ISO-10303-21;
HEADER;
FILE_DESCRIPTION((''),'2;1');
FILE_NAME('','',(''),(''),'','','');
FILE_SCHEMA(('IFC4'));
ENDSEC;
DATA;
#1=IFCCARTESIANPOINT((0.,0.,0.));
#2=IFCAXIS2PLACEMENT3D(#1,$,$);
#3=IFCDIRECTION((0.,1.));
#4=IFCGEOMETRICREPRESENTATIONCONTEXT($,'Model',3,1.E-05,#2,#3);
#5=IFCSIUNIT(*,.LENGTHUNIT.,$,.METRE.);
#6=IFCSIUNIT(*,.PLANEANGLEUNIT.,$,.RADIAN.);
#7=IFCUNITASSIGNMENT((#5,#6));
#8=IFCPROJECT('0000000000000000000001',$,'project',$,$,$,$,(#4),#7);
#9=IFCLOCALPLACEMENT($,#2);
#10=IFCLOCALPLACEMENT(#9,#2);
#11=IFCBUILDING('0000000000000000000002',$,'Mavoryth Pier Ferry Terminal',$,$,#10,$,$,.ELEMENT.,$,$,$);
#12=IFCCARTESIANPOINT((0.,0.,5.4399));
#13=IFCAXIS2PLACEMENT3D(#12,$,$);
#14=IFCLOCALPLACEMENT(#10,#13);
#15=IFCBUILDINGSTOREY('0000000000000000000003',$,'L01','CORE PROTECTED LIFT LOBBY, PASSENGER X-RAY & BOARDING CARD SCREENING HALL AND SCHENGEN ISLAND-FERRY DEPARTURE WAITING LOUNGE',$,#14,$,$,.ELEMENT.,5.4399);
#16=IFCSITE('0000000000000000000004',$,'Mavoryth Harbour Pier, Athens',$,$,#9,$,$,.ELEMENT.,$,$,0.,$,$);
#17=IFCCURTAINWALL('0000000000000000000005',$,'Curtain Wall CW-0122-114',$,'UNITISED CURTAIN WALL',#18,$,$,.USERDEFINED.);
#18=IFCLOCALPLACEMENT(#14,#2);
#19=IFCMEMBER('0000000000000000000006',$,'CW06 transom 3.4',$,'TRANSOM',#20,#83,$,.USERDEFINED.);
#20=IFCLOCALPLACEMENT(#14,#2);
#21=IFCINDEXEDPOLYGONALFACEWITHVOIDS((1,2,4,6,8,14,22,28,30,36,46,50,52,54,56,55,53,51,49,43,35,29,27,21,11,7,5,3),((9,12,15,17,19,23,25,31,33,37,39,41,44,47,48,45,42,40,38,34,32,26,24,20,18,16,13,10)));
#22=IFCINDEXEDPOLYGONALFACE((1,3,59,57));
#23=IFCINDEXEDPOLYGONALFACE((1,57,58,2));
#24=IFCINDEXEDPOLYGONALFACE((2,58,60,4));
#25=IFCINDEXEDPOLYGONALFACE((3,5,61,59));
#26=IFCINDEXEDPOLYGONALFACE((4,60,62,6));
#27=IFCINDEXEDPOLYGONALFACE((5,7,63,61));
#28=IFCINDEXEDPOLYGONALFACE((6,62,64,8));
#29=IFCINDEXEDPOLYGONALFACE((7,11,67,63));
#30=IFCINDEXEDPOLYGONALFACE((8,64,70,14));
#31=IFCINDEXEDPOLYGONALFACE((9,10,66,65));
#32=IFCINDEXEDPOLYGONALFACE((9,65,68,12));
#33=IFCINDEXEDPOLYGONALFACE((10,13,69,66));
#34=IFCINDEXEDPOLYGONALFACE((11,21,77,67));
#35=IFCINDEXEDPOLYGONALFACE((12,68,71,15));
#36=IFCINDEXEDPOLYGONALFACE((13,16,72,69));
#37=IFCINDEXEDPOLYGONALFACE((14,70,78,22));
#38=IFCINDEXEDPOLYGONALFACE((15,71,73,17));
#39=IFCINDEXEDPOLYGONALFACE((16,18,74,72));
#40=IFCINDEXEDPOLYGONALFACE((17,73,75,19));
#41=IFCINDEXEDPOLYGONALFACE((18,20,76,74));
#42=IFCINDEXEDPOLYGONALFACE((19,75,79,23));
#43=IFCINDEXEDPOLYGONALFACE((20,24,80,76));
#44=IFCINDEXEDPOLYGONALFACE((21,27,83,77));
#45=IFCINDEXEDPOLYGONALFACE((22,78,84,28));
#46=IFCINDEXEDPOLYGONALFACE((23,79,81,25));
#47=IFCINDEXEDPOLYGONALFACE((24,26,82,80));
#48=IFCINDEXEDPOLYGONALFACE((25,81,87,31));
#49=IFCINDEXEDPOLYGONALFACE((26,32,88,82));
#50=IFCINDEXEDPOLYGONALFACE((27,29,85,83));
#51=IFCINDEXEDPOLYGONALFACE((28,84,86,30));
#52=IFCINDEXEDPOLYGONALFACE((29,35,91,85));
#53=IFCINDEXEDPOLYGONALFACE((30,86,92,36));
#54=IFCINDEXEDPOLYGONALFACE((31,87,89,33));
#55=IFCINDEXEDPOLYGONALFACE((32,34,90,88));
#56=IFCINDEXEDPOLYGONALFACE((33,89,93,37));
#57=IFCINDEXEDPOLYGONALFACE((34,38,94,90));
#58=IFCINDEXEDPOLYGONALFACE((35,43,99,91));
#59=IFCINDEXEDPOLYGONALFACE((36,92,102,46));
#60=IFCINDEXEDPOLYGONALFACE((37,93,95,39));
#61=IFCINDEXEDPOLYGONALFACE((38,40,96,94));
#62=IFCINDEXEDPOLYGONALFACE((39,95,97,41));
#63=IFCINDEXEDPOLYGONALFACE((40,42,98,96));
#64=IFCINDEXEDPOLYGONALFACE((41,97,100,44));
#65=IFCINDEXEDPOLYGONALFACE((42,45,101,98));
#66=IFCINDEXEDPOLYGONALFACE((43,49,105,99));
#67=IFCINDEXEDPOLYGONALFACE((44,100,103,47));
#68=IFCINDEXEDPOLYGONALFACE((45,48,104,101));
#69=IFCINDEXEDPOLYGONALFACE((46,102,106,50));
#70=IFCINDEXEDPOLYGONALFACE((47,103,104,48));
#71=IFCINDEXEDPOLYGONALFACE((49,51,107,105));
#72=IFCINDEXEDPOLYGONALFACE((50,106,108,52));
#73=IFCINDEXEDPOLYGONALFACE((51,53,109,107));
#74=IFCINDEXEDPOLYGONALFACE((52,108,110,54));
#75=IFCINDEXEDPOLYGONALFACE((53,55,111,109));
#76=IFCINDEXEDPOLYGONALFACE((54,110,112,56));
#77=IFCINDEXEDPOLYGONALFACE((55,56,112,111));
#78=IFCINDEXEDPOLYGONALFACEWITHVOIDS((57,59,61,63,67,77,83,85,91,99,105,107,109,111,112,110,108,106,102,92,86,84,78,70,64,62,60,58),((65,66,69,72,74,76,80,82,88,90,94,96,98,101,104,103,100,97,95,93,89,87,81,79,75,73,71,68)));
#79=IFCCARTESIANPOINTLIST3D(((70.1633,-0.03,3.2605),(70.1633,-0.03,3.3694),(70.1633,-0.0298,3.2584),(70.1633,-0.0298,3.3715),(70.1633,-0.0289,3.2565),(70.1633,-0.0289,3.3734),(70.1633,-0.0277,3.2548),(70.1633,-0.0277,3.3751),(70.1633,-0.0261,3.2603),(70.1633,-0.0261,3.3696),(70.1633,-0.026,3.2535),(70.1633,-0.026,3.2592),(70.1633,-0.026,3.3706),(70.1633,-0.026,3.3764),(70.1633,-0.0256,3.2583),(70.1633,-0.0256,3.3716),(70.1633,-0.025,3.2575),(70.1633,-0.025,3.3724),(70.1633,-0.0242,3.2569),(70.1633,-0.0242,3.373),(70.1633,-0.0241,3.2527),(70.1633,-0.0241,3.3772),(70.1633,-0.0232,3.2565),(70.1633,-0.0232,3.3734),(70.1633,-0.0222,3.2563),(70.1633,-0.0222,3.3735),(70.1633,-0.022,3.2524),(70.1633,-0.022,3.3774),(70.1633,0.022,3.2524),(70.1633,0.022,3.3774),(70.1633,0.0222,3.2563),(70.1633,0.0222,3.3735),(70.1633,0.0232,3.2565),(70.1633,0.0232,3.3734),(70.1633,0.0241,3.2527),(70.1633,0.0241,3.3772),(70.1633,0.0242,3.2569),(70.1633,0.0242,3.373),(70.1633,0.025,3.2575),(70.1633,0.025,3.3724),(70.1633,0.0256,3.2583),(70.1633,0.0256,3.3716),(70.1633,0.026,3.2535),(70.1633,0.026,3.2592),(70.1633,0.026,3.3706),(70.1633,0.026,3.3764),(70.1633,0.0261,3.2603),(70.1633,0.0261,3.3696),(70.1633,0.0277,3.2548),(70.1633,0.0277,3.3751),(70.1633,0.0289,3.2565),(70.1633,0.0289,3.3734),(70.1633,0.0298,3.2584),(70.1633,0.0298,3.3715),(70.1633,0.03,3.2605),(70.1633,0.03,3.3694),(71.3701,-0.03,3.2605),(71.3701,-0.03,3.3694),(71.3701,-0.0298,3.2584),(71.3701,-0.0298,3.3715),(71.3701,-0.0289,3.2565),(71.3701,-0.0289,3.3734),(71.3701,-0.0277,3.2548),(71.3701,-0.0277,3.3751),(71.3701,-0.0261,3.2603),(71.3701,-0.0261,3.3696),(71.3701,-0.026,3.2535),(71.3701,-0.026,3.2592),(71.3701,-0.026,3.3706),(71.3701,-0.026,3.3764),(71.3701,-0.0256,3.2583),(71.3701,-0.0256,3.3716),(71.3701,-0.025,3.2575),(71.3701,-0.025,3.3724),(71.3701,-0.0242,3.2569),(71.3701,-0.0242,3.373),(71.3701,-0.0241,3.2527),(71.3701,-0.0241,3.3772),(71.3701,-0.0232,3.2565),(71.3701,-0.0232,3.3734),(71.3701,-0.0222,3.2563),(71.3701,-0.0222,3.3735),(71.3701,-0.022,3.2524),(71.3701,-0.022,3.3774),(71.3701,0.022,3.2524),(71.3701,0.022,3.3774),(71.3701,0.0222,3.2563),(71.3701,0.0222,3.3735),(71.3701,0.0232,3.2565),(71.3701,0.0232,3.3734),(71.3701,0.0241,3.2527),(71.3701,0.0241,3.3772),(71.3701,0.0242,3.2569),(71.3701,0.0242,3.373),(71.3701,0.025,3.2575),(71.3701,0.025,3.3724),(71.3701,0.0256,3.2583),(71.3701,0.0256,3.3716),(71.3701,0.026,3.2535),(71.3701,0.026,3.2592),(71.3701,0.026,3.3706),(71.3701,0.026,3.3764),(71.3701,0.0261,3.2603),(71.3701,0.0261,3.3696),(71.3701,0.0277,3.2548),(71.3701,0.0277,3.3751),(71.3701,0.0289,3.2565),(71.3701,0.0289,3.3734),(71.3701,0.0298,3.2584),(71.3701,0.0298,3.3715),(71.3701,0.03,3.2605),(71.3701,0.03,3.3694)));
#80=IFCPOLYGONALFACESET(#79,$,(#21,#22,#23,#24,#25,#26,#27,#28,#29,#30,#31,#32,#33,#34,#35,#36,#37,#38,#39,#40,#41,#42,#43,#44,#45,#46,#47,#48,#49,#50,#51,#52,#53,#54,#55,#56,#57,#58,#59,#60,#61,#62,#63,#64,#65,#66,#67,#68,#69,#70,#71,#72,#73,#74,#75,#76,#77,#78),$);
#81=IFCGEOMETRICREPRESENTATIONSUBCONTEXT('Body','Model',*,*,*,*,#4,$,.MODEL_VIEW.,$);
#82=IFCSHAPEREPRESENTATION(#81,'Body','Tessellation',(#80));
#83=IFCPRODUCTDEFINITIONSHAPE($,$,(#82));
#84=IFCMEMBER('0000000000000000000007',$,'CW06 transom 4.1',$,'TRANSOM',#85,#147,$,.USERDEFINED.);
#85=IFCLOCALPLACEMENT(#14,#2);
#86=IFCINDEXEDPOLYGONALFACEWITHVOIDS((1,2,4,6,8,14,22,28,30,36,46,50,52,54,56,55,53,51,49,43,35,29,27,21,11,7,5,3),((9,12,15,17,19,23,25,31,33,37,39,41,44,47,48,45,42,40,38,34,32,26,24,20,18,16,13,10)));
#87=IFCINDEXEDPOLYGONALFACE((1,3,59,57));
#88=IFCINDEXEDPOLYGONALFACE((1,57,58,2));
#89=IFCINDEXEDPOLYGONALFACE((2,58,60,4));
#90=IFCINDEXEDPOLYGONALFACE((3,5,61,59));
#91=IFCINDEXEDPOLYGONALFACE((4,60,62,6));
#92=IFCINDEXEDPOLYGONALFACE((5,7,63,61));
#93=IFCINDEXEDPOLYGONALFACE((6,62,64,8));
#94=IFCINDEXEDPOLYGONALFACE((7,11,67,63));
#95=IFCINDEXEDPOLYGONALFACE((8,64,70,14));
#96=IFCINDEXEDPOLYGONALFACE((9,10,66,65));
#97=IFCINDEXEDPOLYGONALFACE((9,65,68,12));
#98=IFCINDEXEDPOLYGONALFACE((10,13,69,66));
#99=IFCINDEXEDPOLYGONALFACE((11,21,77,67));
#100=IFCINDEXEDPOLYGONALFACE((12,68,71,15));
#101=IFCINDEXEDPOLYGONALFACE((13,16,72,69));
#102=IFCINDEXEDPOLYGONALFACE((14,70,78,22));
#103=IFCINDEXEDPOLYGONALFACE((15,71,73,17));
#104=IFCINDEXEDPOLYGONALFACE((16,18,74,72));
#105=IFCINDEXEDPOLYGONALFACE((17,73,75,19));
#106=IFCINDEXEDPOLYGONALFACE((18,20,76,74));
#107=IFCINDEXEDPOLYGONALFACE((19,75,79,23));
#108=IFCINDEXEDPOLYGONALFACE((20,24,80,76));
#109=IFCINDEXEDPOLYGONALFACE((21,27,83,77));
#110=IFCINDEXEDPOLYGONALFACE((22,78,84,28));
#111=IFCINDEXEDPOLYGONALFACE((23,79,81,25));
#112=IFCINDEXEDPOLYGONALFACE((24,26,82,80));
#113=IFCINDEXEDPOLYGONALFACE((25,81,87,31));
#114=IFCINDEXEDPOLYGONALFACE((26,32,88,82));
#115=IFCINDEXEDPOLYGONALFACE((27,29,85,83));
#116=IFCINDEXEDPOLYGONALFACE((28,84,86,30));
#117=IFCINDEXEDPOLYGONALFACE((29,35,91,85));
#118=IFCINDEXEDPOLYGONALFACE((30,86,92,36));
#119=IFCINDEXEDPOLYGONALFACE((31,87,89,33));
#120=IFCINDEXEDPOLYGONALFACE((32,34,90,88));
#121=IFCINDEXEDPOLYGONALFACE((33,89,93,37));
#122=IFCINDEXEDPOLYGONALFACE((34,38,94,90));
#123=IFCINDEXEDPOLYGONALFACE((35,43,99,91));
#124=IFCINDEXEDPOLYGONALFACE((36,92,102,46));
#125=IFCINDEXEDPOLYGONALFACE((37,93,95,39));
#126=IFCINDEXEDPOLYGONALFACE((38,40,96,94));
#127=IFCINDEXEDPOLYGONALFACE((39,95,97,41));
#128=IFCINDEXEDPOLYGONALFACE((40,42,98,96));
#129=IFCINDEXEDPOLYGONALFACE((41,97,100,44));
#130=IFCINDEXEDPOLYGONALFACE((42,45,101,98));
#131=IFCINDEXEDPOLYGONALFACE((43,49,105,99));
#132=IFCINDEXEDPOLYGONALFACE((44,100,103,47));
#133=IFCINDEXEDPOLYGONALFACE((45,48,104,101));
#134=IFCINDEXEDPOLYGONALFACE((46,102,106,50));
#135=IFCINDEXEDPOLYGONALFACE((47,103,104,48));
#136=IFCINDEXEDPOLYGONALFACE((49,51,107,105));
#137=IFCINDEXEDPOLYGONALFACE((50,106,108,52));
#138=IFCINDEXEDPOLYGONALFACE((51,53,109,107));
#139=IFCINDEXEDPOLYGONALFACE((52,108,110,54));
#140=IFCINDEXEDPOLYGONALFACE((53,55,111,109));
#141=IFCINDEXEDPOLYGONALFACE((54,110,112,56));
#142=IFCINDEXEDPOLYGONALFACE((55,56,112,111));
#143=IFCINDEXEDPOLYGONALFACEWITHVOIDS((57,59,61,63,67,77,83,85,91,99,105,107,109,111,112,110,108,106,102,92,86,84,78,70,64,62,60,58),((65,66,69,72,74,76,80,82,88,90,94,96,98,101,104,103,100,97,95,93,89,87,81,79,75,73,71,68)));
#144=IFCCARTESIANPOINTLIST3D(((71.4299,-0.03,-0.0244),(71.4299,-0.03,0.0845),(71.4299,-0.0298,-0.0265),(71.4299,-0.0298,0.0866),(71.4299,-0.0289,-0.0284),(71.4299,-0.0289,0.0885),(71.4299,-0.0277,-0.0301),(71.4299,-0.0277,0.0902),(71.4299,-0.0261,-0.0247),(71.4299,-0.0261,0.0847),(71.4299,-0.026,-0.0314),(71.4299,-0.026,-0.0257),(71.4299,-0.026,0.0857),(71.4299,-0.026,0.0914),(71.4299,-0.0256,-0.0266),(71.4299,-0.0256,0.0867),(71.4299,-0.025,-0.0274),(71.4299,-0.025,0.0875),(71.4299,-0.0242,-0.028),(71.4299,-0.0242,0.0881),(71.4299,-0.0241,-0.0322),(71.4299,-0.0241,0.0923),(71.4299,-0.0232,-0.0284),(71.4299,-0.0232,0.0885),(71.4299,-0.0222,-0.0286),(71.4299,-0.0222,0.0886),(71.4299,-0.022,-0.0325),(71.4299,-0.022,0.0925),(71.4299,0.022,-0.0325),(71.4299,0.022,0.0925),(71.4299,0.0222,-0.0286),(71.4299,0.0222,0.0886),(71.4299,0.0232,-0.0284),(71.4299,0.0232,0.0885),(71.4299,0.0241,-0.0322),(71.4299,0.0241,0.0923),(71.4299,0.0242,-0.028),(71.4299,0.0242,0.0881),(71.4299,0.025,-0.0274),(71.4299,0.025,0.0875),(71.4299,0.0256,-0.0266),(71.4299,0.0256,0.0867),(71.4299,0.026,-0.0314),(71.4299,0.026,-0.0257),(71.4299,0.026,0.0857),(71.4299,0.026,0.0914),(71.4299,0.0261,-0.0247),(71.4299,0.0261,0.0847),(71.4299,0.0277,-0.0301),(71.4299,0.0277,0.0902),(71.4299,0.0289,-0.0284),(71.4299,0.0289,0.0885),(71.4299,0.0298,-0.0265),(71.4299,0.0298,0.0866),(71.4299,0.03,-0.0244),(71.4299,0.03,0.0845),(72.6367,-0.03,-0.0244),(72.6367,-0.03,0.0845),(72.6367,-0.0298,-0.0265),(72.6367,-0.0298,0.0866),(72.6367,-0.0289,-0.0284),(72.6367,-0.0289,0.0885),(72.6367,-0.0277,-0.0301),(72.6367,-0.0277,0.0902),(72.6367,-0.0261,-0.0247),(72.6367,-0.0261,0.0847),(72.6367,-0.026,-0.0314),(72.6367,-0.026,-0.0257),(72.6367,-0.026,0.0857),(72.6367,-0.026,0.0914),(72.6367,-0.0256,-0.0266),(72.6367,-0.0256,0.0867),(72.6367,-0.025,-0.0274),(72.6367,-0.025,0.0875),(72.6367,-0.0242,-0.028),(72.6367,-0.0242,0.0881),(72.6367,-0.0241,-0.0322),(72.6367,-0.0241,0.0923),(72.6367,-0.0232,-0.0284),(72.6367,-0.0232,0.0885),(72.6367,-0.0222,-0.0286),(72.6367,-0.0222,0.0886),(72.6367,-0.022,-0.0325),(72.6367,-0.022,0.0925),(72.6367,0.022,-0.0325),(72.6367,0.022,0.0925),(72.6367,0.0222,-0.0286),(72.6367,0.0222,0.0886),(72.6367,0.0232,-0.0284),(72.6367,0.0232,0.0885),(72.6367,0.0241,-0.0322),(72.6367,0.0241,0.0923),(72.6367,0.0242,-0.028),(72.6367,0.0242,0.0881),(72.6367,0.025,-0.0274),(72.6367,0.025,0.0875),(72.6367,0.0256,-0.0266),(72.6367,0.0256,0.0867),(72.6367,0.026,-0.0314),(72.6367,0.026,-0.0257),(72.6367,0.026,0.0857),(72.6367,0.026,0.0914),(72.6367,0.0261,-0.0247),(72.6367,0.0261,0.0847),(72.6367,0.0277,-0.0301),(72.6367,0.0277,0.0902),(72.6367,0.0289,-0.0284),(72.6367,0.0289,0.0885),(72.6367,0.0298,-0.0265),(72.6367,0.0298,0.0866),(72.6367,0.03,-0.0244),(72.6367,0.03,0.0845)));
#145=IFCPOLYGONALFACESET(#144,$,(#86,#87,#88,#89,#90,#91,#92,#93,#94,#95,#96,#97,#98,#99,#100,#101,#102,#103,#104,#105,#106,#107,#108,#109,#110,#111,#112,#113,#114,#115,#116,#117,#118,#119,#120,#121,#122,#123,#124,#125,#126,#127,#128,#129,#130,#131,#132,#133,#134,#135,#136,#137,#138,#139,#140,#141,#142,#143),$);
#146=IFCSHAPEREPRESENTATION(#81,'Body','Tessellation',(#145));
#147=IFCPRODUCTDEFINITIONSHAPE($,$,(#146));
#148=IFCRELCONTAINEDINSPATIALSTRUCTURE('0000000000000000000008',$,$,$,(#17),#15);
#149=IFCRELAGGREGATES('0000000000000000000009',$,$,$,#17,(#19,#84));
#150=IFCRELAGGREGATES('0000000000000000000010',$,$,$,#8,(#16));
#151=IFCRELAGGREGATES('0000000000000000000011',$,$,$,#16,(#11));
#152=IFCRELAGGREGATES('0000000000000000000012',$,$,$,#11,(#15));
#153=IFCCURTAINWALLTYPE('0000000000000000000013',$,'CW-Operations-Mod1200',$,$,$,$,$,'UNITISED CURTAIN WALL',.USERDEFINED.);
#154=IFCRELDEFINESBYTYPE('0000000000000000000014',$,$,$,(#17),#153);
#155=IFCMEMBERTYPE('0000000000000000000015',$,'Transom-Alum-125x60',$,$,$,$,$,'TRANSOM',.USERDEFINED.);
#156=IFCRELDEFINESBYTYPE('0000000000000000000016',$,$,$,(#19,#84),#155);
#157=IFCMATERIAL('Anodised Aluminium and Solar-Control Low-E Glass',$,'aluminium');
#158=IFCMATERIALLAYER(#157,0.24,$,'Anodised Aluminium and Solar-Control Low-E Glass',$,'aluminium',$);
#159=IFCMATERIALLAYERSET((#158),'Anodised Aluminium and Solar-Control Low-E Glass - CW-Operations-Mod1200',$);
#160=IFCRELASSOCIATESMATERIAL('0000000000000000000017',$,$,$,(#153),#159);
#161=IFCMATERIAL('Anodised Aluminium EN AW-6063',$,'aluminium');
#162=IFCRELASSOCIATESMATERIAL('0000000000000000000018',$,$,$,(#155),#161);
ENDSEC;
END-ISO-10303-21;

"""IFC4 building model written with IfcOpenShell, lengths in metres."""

from ifc_helpers import new_model, si_unit, direction, frame, origin, origin_2d, place, context, subcontext, project, spatial, hollow_rectangle, extrude, material, layer, layer_set, material_profile, profile_set, type_object, element, aggregate, save


model = new_model("IFC4")

# Units and contexts
model_context = context("Model", 3, precision=1e-05, world=origin(), true_north=direction((0.0, 1.0)))
body_context = subcontext(model_context, "Body", "Model", "MODEL_VIEW")
ifc_project = project(units=[si_unit("LENGTHUNIT", "METRE"), si_unit("PLANEANGLEUNIT", "RADIAN")], contexts=[model_context])

# Site, building, storey
site_placement = place(None, origin())
site = spatial("IfcSite", under=ifc_project, at=site_placement, Name="Mavoryth Harbour Pier, Athens", CompositionType="ELEMENT", RefElevation=0.0)
building_placement = place(site_placement, origin())
building = spatial("IfcBuilding", under=site, at=building_placement, Name="Mavoryth Pier Ferry Terminal", CompositionType="ELEMENT")
storey_placement = place(building_placement, frame((0.0, 0.0, 5.4399)))
storey = spatial("IfcBuildingStorey", under=building, at=storey_placement, Name="L01", Description="CORE PROTECTED LIFT LOBBY, PASSENGER X-RAY & BOARDING CARD SCREENING HALL AND SCHENGEN ISLAND-FERRY DEPARTURE WAITING LOUNGE", CompositionType="ELEMENT", Elevation=5.4399)

# Curtain wall
ifc_material_1 = material(Name="Anodised Aluminium and Solar-Control Low-E Glass", Category="aluminium")
ifc_layer_1 = layer(ifc_material_1, 0.24, Name="Anodised Aluminium and Solar-Control Low-E Glass", Category="aluminium")
ifc_layer_set_1 = layer_set([ifc_layer_1], Name="Anodised Aluminium and Solar-Control Low-E Glass - CW-Operations-Mod1200")
curtain_wall_type = type_object("IfcCurtainWallType", Name="CW-Operations-Mod1200", ElementType="UNITISED CURTAIN WALL", PredefinedType="USERDEFINED", material=ifc_layer_set_1)
curtain_wall_placement = place(storey_placement, origin())
curtain_wall = element("IfcCurtainWall", 1, at=curtain_wall_placement, inside=storey, type_object=curtain_wall_type, Name="Curtain Wall CW-0122-114", ObjectType="UNITISED CURTAIN WALL", PredefinedType="USERDEFINED")
ifc_material_2 = material(Name="Anodised Aluminium EN AW-6063", Category="aluminium")

# Members
ifc_material_profile_1 = material_profile(ifc_material_2, hollow_rectangle(XDim=0.0601, YDim=0.125, WallThickness=0.0039, InnerFilletRadius=0.0039, OuterFilletRadius=0.0081, at=origin_2d()), Name="AL-TRAN 125x60x4", Category="aluminium")
ifc_profile_set_1 = profile_set([ifc_material_profile_1], Name="Anodised Aluminium EN AW-6063 - AL-TRAN 125x60x4")
member_type_1 = type_object("IfcMemberType", Name="Transom-Alum-125x60", ElementType="TRANSOM", PredefinedType="USERDEFINED", material=ifc_profile_set_1)
member_1_placement = place(storey_placement, frame((70.1633, 0.0, 3.3149), z_axis=(1.0, 0.0, 0.0), x_axis=(0.0, 1.0, 0.0)))
member_1 = element("IfcMember", 2, at=member_1_placement, type_object=member_type_1, Name="CW06 transom 3.4", ObjectType="TRANSOM", PredefinedType="USERDEFINED", context=body_context, shape_type="SweptSolid", body=[
    extrude(hollow_rectangle(XDim=0.0601, YDim=0.125, WallThickness=0.0039, InnerFilletRadius=0.0039, OuterFilletRadius=0.0081, at=origin_2d()), origin(), (0.0, 0.0, 1.0), 1.2068),
])
member_2_placement = place(storey_placement, frame((71.4299, 0.0, 0.03), z_axis=(1.0, 0.0, 0.0), x_axis=(0.0, 1.0, 0.0)))
member_2 = element("IfcMember", 3, at=member_2_placement, type_object=member_type_1, Name="CW06 transom 4.1", ObjectType="TRANSOM", PredefinedType="USERDEFINED", context=body_context, shape_type="SweptSolid", body=[
    extrude(hollow_rectangle(XDim=0.0601, YDim=0.125, WallThickness=0.0039, InnerFilletRadius=0.0039, OuterFilletRadius=0.0081, at=origin_2d()), origin(), (0.0, 0.0, 1.0), 1.2068),
])

aggregate(curtain_wall, [member_1, member_2])

save(model, "model.ifc")
